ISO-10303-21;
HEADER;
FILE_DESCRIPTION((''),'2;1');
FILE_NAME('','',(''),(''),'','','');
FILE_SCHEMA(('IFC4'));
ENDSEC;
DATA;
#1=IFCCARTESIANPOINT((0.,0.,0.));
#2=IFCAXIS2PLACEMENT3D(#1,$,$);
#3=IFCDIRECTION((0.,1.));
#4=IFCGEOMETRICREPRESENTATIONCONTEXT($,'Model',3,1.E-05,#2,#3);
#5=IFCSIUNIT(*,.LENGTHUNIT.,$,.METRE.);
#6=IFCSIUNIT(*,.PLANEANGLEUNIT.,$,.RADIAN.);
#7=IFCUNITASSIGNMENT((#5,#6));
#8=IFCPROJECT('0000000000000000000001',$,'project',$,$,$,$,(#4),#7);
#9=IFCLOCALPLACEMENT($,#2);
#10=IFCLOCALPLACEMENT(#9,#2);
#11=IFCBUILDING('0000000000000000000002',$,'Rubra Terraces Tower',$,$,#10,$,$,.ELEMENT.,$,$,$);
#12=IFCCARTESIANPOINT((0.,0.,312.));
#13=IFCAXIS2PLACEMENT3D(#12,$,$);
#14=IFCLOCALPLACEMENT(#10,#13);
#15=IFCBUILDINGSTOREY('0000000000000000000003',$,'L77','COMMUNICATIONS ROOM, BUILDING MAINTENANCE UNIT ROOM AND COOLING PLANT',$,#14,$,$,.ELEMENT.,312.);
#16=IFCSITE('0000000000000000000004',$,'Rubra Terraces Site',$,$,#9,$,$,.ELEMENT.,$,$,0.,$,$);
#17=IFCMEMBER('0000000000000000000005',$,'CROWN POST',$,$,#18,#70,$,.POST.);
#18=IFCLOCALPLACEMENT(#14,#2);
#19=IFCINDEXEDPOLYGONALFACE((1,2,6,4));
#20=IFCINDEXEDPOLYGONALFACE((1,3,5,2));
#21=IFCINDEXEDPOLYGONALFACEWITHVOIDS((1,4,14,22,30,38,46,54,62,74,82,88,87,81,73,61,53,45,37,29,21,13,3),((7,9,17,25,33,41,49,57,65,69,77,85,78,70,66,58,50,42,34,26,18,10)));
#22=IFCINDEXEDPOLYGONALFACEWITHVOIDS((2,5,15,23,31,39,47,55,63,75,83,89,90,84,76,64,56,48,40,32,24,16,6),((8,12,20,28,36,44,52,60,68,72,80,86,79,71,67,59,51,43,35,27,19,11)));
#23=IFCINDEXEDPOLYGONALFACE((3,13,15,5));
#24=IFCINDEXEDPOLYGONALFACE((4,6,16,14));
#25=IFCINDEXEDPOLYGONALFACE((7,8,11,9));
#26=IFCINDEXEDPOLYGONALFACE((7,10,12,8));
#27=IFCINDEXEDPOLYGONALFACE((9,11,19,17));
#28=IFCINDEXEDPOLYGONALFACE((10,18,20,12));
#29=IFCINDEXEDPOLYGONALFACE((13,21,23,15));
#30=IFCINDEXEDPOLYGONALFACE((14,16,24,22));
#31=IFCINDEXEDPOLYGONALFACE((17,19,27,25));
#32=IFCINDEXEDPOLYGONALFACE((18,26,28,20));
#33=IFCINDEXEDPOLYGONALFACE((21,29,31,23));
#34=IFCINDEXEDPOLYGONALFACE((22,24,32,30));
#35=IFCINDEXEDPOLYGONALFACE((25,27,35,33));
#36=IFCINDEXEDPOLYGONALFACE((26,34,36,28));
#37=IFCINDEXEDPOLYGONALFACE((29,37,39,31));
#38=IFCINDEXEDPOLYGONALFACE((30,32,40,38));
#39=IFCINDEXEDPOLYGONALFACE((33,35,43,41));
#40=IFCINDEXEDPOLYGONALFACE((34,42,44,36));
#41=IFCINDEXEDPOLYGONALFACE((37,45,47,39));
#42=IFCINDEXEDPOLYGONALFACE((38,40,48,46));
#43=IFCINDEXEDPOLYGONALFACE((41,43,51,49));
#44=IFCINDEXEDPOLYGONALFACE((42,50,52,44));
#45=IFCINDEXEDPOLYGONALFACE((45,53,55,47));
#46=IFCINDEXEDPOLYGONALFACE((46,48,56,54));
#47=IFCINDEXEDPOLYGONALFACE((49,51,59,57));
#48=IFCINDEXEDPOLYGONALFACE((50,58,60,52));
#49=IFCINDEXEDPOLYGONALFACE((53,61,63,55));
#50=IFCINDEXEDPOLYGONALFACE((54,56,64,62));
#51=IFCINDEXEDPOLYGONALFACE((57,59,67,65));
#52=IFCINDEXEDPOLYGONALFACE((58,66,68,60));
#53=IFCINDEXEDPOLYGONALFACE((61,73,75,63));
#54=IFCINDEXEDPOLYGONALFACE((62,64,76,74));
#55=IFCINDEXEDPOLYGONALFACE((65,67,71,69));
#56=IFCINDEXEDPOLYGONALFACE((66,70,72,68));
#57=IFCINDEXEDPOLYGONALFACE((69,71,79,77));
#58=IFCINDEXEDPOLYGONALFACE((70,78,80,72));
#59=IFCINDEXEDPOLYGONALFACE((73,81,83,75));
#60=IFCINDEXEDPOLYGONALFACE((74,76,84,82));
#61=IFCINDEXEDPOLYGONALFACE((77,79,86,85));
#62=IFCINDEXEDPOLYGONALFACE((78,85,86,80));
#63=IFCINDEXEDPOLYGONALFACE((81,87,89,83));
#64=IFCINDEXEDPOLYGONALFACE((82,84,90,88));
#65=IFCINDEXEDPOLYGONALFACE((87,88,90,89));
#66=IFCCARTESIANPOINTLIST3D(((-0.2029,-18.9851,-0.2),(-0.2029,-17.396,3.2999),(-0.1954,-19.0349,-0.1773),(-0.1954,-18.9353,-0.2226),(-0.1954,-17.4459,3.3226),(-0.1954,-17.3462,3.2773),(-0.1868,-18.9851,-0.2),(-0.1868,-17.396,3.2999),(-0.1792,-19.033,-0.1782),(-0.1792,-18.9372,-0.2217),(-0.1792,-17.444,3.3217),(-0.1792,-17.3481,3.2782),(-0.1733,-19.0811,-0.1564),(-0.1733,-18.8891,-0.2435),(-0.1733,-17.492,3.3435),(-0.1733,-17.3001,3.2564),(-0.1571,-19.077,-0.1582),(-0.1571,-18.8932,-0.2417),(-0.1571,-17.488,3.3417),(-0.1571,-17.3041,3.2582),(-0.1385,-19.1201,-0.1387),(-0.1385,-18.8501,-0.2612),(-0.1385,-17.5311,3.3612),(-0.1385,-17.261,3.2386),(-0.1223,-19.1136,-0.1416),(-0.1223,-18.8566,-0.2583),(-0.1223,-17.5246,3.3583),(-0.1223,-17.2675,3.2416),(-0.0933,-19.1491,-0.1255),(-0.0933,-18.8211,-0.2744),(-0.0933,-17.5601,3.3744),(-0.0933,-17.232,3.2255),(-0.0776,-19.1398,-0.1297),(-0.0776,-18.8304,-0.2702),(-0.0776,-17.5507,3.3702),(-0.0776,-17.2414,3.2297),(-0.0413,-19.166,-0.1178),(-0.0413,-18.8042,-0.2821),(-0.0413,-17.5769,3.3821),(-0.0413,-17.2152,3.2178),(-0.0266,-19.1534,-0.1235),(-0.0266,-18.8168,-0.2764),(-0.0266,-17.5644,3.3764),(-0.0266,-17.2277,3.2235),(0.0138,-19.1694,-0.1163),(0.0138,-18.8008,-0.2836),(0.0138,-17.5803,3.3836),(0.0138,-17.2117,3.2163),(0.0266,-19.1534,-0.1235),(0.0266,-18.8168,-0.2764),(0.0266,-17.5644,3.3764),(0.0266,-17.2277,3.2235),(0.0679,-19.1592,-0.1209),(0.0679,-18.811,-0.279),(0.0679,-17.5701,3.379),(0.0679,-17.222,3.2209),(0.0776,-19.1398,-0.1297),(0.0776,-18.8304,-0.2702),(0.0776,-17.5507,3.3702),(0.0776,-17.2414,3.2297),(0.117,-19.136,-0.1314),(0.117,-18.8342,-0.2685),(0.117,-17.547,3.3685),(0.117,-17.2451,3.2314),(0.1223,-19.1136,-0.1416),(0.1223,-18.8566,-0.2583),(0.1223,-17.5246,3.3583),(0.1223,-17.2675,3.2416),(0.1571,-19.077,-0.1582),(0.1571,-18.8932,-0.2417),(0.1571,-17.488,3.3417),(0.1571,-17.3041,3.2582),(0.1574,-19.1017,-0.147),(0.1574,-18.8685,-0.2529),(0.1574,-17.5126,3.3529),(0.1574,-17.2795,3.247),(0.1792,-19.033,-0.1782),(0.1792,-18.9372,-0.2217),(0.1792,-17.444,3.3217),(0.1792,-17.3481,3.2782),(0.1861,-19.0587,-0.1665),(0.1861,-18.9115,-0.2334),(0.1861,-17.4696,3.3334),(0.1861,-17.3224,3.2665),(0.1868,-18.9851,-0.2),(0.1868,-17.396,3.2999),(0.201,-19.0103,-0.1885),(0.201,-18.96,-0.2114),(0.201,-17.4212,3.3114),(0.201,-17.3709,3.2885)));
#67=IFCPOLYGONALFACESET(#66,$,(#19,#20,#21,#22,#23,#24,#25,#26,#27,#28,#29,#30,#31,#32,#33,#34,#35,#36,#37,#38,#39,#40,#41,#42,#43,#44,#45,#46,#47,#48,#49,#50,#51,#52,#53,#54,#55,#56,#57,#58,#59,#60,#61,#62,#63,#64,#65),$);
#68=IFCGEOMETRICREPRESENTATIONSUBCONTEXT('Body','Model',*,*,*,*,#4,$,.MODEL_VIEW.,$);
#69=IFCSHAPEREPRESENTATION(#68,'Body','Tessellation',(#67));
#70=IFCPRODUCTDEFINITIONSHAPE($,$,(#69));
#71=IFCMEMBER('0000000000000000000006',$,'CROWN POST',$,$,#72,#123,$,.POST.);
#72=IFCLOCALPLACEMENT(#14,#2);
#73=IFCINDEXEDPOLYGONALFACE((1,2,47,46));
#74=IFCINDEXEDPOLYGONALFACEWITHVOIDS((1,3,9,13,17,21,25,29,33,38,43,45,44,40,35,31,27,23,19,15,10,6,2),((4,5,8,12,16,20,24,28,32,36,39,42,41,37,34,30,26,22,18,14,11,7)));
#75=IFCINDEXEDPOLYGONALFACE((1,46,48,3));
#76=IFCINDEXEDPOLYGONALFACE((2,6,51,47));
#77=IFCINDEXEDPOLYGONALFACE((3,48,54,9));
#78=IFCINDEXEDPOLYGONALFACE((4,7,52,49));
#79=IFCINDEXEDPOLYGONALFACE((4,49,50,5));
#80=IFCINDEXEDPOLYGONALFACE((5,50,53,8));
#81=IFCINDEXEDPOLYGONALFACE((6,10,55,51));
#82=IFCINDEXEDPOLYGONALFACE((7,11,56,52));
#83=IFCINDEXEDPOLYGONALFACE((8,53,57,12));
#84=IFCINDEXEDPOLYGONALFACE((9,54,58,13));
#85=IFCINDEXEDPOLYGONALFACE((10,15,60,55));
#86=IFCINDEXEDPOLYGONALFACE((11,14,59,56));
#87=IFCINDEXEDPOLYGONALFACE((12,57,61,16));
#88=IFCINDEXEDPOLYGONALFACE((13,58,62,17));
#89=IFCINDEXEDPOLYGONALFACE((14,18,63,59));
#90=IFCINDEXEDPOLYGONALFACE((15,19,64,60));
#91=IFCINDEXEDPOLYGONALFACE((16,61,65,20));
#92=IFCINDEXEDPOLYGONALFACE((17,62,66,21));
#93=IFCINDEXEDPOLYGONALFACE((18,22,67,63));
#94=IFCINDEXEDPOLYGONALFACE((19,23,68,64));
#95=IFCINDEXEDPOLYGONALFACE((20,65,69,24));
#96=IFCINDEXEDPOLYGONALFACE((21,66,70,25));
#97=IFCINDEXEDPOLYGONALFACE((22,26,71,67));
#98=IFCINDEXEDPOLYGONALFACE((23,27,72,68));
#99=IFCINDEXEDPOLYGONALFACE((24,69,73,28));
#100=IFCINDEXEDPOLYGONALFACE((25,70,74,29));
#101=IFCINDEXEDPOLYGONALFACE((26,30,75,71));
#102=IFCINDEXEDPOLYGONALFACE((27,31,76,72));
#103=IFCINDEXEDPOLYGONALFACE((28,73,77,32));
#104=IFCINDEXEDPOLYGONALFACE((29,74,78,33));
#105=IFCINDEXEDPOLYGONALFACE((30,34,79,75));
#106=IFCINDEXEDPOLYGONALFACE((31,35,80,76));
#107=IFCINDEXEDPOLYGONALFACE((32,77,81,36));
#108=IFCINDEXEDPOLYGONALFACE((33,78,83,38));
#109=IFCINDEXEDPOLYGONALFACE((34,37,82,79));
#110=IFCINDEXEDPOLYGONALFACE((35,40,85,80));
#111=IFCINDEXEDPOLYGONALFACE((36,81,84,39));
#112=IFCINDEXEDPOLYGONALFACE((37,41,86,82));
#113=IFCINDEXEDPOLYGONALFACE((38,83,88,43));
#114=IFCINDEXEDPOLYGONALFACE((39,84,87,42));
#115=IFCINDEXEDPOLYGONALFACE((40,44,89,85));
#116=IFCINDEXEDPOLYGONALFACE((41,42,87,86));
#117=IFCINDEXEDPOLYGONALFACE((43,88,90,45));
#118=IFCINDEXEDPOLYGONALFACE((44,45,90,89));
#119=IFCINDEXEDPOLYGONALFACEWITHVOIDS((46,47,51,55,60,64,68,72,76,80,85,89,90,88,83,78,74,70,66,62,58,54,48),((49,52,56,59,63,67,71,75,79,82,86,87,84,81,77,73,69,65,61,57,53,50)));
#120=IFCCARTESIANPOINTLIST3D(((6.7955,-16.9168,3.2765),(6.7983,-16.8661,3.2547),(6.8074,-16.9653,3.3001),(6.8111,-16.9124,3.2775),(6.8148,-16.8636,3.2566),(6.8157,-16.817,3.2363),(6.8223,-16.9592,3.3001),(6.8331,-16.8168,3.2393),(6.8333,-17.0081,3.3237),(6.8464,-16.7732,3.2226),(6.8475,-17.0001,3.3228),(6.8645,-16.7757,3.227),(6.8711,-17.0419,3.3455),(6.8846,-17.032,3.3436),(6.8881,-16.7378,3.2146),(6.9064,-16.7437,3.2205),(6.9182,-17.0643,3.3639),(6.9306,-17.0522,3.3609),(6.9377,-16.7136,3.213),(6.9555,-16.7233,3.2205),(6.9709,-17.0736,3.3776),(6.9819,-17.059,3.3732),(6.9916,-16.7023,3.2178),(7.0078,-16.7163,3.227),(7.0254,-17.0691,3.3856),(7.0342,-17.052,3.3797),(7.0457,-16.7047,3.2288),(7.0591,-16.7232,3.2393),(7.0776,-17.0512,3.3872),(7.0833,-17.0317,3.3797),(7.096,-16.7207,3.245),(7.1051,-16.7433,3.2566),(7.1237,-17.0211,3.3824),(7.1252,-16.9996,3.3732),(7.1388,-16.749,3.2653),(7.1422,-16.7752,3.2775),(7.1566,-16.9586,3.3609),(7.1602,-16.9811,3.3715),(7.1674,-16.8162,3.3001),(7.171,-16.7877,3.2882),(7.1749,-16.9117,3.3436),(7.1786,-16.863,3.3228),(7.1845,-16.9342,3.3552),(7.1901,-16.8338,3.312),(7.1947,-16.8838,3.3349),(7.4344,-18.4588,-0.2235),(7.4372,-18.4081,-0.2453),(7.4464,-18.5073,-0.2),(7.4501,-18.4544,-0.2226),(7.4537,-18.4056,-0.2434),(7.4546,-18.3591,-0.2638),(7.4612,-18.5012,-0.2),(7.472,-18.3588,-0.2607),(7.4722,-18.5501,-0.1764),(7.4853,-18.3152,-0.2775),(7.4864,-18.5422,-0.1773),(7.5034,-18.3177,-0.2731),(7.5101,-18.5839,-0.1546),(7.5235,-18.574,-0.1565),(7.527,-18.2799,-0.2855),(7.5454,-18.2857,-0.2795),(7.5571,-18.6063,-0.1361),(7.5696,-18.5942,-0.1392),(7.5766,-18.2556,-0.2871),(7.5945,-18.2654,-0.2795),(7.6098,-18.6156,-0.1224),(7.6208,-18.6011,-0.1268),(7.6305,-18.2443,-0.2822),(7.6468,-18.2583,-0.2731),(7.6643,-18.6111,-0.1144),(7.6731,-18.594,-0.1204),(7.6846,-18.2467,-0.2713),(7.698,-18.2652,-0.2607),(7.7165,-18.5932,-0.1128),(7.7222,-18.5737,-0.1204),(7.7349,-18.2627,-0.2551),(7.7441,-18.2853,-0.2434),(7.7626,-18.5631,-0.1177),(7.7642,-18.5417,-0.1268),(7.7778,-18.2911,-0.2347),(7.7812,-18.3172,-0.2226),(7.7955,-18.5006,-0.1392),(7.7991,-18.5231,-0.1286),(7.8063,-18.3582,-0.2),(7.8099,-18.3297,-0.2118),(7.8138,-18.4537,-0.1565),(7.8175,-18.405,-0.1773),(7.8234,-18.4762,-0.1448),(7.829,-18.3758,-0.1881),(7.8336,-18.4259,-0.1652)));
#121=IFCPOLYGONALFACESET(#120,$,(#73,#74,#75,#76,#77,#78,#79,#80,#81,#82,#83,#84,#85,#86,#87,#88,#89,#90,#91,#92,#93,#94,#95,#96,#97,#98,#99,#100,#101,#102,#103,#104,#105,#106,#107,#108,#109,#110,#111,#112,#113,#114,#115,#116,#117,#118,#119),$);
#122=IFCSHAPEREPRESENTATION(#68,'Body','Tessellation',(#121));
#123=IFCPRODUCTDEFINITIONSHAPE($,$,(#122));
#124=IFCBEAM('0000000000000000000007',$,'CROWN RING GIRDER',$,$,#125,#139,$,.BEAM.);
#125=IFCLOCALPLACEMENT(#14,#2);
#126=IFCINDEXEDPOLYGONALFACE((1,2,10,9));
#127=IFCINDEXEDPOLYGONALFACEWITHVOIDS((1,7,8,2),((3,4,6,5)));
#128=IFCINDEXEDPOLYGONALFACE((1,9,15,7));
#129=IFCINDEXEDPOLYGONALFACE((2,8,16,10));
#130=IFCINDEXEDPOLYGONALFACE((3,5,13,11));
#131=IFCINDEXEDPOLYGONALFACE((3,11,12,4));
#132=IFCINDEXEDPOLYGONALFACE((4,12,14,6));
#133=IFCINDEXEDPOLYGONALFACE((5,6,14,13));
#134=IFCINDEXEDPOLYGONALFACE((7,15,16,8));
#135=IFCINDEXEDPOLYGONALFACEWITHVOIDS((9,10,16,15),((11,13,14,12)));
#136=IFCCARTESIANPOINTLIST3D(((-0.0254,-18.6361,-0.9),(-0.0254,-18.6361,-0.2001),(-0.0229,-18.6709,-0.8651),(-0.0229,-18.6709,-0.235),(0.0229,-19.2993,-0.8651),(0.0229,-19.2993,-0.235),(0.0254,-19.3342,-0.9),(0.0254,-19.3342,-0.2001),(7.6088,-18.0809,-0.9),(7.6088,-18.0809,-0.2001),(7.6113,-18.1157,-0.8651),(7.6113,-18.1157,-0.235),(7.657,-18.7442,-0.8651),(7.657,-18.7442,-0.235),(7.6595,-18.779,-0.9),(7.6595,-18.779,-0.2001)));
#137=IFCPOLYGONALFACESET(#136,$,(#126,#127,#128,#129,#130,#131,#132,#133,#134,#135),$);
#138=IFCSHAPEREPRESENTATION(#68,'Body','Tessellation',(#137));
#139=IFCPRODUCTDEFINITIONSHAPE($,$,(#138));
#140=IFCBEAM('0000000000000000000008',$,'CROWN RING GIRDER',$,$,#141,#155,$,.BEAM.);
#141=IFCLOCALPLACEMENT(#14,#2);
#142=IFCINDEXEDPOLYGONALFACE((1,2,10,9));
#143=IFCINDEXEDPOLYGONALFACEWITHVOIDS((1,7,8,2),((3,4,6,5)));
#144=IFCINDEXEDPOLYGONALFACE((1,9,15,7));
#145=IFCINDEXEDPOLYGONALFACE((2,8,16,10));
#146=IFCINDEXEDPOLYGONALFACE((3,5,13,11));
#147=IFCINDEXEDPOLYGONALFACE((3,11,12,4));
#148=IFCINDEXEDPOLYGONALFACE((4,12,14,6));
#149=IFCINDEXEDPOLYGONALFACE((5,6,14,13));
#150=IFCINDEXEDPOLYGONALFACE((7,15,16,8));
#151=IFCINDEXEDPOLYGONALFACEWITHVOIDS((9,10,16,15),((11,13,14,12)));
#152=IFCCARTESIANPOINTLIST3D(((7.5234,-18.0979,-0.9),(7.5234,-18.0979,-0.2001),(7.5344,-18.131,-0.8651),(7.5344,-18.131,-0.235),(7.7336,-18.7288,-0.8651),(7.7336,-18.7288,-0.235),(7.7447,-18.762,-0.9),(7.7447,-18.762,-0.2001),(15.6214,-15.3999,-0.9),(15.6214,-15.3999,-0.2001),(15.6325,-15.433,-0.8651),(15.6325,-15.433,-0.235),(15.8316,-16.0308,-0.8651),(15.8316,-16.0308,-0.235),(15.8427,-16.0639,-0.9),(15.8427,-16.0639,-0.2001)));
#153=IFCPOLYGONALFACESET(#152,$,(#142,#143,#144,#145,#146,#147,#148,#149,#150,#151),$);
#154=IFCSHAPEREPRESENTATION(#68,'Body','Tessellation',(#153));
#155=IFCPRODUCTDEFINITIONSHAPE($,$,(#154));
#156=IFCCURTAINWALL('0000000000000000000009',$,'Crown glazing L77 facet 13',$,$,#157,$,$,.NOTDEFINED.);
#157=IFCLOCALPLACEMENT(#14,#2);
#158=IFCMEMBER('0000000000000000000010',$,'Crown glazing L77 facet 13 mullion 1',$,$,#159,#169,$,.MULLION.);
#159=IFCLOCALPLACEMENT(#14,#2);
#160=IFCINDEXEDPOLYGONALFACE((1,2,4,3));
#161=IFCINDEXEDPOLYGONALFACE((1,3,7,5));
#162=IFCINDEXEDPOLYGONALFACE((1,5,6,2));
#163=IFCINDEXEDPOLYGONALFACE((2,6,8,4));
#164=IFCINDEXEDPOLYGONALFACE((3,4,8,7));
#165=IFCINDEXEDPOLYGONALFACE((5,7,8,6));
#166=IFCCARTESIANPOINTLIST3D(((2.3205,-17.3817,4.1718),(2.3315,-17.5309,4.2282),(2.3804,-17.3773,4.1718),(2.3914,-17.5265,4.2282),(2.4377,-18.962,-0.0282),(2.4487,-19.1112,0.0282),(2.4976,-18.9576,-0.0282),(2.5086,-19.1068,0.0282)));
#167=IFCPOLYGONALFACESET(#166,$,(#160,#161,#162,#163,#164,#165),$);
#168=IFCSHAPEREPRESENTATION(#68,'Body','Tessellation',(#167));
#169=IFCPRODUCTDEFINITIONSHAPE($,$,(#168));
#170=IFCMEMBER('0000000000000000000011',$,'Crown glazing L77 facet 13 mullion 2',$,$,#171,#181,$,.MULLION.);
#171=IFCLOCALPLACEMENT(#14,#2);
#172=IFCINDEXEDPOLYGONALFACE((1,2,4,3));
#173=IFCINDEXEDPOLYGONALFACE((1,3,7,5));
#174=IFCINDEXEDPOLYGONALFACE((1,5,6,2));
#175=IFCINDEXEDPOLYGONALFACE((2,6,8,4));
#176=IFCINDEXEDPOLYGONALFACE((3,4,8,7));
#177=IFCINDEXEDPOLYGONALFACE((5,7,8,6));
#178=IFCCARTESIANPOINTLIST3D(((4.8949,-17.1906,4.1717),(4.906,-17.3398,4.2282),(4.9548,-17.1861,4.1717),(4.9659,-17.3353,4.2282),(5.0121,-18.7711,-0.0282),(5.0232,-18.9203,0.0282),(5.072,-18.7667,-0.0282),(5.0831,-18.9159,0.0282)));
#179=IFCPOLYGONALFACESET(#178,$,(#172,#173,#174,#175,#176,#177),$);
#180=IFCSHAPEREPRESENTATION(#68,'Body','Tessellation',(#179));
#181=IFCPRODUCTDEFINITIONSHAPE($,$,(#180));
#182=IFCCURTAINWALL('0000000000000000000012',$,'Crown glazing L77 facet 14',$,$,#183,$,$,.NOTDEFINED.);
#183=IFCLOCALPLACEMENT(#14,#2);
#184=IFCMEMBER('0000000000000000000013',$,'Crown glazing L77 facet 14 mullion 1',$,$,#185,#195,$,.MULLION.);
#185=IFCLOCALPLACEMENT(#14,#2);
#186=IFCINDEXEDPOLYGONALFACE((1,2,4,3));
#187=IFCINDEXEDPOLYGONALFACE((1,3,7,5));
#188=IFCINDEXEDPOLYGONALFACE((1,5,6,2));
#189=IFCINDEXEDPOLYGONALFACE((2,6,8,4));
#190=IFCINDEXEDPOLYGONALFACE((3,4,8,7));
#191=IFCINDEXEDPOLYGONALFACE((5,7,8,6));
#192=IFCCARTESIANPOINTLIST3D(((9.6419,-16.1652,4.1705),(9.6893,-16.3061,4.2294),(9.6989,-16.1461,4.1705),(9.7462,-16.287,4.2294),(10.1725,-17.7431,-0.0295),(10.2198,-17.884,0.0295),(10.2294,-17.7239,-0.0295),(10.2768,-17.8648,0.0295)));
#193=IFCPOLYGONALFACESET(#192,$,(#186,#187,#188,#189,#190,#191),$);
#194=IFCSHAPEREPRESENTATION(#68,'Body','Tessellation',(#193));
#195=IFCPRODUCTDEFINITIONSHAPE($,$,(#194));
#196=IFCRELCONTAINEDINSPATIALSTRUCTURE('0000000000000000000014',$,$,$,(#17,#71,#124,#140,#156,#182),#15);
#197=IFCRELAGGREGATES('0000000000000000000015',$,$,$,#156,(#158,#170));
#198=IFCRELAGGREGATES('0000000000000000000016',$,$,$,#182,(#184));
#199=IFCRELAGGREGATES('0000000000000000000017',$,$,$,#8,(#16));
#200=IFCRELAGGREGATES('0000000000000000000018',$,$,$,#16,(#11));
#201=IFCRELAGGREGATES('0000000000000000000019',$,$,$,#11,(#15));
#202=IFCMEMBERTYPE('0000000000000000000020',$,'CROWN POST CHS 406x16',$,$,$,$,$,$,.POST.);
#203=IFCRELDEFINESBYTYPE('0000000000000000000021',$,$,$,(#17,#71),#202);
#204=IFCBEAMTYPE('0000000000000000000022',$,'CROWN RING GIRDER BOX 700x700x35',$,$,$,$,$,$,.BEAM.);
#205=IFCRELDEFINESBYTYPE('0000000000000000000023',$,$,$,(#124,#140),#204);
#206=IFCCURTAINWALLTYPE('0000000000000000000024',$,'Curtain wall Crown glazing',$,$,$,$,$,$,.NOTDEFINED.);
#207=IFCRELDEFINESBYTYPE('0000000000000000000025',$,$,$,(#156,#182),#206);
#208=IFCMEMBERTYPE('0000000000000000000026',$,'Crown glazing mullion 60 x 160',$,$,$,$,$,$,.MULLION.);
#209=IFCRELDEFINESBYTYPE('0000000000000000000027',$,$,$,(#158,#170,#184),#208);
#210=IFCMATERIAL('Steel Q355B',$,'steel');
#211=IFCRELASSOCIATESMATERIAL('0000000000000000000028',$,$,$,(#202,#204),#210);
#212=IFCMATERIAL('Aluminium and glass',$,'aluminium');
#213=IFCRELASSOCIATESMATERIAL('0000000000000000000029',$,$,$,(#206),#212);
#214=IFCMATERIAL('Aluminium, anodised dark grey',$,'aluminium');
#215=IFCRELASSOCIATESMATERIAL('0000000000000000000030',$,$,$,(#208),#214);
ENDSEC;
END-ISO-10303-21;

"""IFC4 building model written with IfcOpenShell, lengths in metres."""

from ifc_helpers import new_model, si_unit, direction, frame, origin, origin_2d, place, context, subcontext, project, spatial, rectangle, hollow_rectangle, hollow_circle, extrude, material, material_profile, profile_set, type_object, element, aggregate, save


model = new_model("IFC4")

# Units and contexts
model_context = context("Model", 3, precision=1e-05, world=origin(), true_north=direction((0.0, 1.0)))
body_context = subcontext(model_context, "Body", "Model", "MODEL_VIEW")
ifc_project = project(units=[si_unit("LENGTHUNIT", "METRE"), si_unit("PLANEANGLEUNIT", "RADIAN")], contexts=[model_context])

# Site, building, storey
site_placement = place(None, origin())
site = spatial("IfcSite", under=ifc_project, at=site_placement, Name="Rubra Terraces Site", CompositionType="ELEMENT", RefElevation=0.0)
building_placement = place(site_placement, origin())
building = spatial("IfcBuilding", under=site, at=building_placement, Name="Rubra Terraces Tower", CompositionType="ELEMENT")
storey_placement = place(building_placement, frame((0.0, 0.0, 312.0)))
storey = spatial("IfcBuildingStorey", under=building, at=storey_placement, Name="L77", Description="COMMUNICATIONS ROOM, BUILDING MAINTENANCE UNIT ROOM AND COOLING PLANT", CompositionType="ELEMENT", Elevation=312.0)

# Members
ifc_material_1 = material(Name="Steel Q355B", Category="steel")
ifc_material_profile_1 = material_profile(ifc_material_1, hollow_circle(Radius=0.2029, WallThickness=0.0161, at=origin_2d()), Name="CHS 406x16")
ifc_profile_set_1 = profile_set([ifc_material_profile_1], Name="Steel Q355B")
member_type_1 = type_object("IfcMemberType", Name="CROWN POST CHS 406x16", PredefinedType="POST", material=ifc_profile_set_1)
member_1_placement = place(storey_placement, frame((0.0, -18.9851, -0.2), z_axis=(0.0, 0.413415, 0.910543), x_axis=(-1.0, 0.0, 0.0)))
element("IfcMember", 1, at=member_1_placement, inside=storey, type_object=member_type_1, Name="CROWN POST", PredefinedType="POST", context=body_context, shape_type="SweptSolid", body=[
    extrude(hollow_circle(Radius=0.2029, WallThickness=0.0161, at=origin_2d()), origin(), (0.0, 0.0, 1.0), 3.8438),
])
member_2_placement = place(storey_placement, frame((7.6338, -18.4297, -0.2), z_axis=(-0.16477, 0.397664, 0.902615), x_axis=(-0.923837, -0.382787, 0.0)))
element("IfcMember", 2, at=member_2_placement, inside=storey, type_object=member_type_1, Name="CROWN POST", PredefinedType="POST", context=body_context, shape_type="SweptSolid", body=[
    extrude(hollow_circle(Radius=0.2029, WallThickness=0.0161, at=origin_2d()), origin(), (0.0, 0.0, 1.0), 3.8777),
])

# Beams
ifc_material_profile_2 = material_profile(ifc_material_1, hollow_rectangle(XDim=0.7, YDim=0.7, WallThickness=0.0349, at=origin_2d()), Name="BOX 700x700x35")
ifc_profile_set_2 = profile_set([ifc_material_profile_2], Name="Steel Q355B")
beam_type_1 = type_object("IfcBeamType", Name="CROWN RING GIRDER BOX 700x700x35", PredefinedType="BEAM", material=ifc_profile_set_2)
beam_1_placement = place(storey_placement, frame((0.0, -18.9851, -0.55), z_axis=(0.997366, 0.072532, 0.0), x_axis=(-0.072532, 0.997366, 0.0)))
element("IfcBeam", 3, at=beam_1_placement, inside=storey, type_object=beam_type_1, Name="CROWN RING GIRDER", PredefinedType="BEAM", context=body_context, shape_type="SweptSolid", body=[
    extrude(hollow_rectangle(XDim=0.7, YDim=0.7, WallThickness=0.0349, at=origin_2d()), origin(), (0.0, 0.0, 1.0), 7.6543),
])
beam_2_placement = place(storey_placement, frame((7.634, -18.4299, -0.55), z_axis=(0.948729, 0.31609, 0.0), x_axis=(-0.31609, 0.948729, 0.0)))
element("IfcBeam", 4, at=beam_2_placement, inside=storey, type_object=beam_type_1, Name="CROWN RING GIRDER", PredefinedType="BEAM", context=body_context, shape_type="SweptSolid", body=[
    extrude(hollow_rectangle(XDim=0.7, YDim=0.7, WallThickness=0.0349, at=origin_2d()), origin(), (0.0, 0.0, 1.0), 8.5356),
])

# Curtain walls, members
ifc_material_2 = material(Name="Aluminium and glass", Category="aluminium")
curtain_wall_type = type_object("IfcCurtainWallType", Name="Curtain wall Crown glazing", PredefinedType="NOTDEFINED", material=ifc_material_2)
curtain_wall_1_placement = place(storey_placement, origin())
curtain_wall_1 = element("IfcCurtainWall", 5, at=curtain_wall_1_placement, inside=storey, type_object=curtain_wall_type, Name="Crown glazing L77 facet 13", PredefinedType="NOTDEFINED")
ifc_material_3 = material(Name="Aluminium, anodised dark grey", Category="aluminium")
ifc_material_profile_3 = material_profile(ifc_material_3, rectangle(XDim=0.0601, YDim=0.1599, at=origin_2d()), Name="AL 60x160")
ifc_profile_set_3 = profile_set([ifc_material_profile_3], Name="Aluminium, anodised dark grey")
member_type_2 = type_object("IfcMemberType", Name="Crown glazing mullion 60 x 160", PredefinedType="MULLION", material=ifc_profile_set_3)
member_3_placement = place(storey_placement, frame((2.4731, -19.0344, 0.0), z_axis=(-0.026106, 0.352047, 0.935618), x_axis=(-0.997262, -0.073951, 0.0)))
member_3 = element("IfcMember", 6, at=member_3_placement, type_object=member_type_2, Name="Crown glazing L77 facet 13 mullion 1", PredefinedType="MULLION", context=body_context, shape_type="SweptSolid", body=[
    extrude(rectangle(XDim=0.0601, YDim=0.1599, at=origin_2d()), origin(), (0.0, 0.0, 1.0), 4.489),
])
member_4_placement = place(storey_placement, frame((5.0476, -18.8435, 0.0), z_axis=(-0.026105, 0.352094, 0.9356), x_axis=(-0.997263, -0.07394, 0.0)))
member_4 = element("IfcMember", 7, at=member_4_placement, type_object=member_type_2, Name="Crown glazing L77 facet 13 mullion 2", PredefinedType="MULLION", context=body_context, shape_type="SweptSolid", body=[
    extrude(rectangle(XDim=0.0601, YDim=0.1599, at=origin_2d()), origin(), (0.0, 0.0, 1.0), 4.489),
])
curtain_wall_2_placement = place(storey_placement, origin())
curtain_wall_2 = element("IfcCurtainWall", 8, at=curtain_wall_2_placement, inside=storey, type_object=curtain_wall_type, Name="Crown glazing L77 facet 14", PredefinedType="NOTDEFINED")
member_5_placement = place(storey_placement, frame((10.2246, -17.804, 0.0), z_axis=(-0.117428, 0.349257, 0.92964), x_axis=(-0.947859, -0.318691, 0.0)))
member_5 = element("IfcMember", 9, at=member_5_placement, type_object=member_type_2, Name="Crown glazing L77 facet 14 mullion 1", PredefinedType="MULLION", context=body_context, shape_type="SweptSolid", body=[
    extrude(rectangle(XDim=0.0601, YDim=0.1599, at=origin_2d()), origin(), (0.0, 0.0, 1.0), 4.5178),
])

aggregate(curtain_wall_1, [member_3, member_4])
aggregate(curtain_wall_2, [member_5])

save(model, "model.ifc")
